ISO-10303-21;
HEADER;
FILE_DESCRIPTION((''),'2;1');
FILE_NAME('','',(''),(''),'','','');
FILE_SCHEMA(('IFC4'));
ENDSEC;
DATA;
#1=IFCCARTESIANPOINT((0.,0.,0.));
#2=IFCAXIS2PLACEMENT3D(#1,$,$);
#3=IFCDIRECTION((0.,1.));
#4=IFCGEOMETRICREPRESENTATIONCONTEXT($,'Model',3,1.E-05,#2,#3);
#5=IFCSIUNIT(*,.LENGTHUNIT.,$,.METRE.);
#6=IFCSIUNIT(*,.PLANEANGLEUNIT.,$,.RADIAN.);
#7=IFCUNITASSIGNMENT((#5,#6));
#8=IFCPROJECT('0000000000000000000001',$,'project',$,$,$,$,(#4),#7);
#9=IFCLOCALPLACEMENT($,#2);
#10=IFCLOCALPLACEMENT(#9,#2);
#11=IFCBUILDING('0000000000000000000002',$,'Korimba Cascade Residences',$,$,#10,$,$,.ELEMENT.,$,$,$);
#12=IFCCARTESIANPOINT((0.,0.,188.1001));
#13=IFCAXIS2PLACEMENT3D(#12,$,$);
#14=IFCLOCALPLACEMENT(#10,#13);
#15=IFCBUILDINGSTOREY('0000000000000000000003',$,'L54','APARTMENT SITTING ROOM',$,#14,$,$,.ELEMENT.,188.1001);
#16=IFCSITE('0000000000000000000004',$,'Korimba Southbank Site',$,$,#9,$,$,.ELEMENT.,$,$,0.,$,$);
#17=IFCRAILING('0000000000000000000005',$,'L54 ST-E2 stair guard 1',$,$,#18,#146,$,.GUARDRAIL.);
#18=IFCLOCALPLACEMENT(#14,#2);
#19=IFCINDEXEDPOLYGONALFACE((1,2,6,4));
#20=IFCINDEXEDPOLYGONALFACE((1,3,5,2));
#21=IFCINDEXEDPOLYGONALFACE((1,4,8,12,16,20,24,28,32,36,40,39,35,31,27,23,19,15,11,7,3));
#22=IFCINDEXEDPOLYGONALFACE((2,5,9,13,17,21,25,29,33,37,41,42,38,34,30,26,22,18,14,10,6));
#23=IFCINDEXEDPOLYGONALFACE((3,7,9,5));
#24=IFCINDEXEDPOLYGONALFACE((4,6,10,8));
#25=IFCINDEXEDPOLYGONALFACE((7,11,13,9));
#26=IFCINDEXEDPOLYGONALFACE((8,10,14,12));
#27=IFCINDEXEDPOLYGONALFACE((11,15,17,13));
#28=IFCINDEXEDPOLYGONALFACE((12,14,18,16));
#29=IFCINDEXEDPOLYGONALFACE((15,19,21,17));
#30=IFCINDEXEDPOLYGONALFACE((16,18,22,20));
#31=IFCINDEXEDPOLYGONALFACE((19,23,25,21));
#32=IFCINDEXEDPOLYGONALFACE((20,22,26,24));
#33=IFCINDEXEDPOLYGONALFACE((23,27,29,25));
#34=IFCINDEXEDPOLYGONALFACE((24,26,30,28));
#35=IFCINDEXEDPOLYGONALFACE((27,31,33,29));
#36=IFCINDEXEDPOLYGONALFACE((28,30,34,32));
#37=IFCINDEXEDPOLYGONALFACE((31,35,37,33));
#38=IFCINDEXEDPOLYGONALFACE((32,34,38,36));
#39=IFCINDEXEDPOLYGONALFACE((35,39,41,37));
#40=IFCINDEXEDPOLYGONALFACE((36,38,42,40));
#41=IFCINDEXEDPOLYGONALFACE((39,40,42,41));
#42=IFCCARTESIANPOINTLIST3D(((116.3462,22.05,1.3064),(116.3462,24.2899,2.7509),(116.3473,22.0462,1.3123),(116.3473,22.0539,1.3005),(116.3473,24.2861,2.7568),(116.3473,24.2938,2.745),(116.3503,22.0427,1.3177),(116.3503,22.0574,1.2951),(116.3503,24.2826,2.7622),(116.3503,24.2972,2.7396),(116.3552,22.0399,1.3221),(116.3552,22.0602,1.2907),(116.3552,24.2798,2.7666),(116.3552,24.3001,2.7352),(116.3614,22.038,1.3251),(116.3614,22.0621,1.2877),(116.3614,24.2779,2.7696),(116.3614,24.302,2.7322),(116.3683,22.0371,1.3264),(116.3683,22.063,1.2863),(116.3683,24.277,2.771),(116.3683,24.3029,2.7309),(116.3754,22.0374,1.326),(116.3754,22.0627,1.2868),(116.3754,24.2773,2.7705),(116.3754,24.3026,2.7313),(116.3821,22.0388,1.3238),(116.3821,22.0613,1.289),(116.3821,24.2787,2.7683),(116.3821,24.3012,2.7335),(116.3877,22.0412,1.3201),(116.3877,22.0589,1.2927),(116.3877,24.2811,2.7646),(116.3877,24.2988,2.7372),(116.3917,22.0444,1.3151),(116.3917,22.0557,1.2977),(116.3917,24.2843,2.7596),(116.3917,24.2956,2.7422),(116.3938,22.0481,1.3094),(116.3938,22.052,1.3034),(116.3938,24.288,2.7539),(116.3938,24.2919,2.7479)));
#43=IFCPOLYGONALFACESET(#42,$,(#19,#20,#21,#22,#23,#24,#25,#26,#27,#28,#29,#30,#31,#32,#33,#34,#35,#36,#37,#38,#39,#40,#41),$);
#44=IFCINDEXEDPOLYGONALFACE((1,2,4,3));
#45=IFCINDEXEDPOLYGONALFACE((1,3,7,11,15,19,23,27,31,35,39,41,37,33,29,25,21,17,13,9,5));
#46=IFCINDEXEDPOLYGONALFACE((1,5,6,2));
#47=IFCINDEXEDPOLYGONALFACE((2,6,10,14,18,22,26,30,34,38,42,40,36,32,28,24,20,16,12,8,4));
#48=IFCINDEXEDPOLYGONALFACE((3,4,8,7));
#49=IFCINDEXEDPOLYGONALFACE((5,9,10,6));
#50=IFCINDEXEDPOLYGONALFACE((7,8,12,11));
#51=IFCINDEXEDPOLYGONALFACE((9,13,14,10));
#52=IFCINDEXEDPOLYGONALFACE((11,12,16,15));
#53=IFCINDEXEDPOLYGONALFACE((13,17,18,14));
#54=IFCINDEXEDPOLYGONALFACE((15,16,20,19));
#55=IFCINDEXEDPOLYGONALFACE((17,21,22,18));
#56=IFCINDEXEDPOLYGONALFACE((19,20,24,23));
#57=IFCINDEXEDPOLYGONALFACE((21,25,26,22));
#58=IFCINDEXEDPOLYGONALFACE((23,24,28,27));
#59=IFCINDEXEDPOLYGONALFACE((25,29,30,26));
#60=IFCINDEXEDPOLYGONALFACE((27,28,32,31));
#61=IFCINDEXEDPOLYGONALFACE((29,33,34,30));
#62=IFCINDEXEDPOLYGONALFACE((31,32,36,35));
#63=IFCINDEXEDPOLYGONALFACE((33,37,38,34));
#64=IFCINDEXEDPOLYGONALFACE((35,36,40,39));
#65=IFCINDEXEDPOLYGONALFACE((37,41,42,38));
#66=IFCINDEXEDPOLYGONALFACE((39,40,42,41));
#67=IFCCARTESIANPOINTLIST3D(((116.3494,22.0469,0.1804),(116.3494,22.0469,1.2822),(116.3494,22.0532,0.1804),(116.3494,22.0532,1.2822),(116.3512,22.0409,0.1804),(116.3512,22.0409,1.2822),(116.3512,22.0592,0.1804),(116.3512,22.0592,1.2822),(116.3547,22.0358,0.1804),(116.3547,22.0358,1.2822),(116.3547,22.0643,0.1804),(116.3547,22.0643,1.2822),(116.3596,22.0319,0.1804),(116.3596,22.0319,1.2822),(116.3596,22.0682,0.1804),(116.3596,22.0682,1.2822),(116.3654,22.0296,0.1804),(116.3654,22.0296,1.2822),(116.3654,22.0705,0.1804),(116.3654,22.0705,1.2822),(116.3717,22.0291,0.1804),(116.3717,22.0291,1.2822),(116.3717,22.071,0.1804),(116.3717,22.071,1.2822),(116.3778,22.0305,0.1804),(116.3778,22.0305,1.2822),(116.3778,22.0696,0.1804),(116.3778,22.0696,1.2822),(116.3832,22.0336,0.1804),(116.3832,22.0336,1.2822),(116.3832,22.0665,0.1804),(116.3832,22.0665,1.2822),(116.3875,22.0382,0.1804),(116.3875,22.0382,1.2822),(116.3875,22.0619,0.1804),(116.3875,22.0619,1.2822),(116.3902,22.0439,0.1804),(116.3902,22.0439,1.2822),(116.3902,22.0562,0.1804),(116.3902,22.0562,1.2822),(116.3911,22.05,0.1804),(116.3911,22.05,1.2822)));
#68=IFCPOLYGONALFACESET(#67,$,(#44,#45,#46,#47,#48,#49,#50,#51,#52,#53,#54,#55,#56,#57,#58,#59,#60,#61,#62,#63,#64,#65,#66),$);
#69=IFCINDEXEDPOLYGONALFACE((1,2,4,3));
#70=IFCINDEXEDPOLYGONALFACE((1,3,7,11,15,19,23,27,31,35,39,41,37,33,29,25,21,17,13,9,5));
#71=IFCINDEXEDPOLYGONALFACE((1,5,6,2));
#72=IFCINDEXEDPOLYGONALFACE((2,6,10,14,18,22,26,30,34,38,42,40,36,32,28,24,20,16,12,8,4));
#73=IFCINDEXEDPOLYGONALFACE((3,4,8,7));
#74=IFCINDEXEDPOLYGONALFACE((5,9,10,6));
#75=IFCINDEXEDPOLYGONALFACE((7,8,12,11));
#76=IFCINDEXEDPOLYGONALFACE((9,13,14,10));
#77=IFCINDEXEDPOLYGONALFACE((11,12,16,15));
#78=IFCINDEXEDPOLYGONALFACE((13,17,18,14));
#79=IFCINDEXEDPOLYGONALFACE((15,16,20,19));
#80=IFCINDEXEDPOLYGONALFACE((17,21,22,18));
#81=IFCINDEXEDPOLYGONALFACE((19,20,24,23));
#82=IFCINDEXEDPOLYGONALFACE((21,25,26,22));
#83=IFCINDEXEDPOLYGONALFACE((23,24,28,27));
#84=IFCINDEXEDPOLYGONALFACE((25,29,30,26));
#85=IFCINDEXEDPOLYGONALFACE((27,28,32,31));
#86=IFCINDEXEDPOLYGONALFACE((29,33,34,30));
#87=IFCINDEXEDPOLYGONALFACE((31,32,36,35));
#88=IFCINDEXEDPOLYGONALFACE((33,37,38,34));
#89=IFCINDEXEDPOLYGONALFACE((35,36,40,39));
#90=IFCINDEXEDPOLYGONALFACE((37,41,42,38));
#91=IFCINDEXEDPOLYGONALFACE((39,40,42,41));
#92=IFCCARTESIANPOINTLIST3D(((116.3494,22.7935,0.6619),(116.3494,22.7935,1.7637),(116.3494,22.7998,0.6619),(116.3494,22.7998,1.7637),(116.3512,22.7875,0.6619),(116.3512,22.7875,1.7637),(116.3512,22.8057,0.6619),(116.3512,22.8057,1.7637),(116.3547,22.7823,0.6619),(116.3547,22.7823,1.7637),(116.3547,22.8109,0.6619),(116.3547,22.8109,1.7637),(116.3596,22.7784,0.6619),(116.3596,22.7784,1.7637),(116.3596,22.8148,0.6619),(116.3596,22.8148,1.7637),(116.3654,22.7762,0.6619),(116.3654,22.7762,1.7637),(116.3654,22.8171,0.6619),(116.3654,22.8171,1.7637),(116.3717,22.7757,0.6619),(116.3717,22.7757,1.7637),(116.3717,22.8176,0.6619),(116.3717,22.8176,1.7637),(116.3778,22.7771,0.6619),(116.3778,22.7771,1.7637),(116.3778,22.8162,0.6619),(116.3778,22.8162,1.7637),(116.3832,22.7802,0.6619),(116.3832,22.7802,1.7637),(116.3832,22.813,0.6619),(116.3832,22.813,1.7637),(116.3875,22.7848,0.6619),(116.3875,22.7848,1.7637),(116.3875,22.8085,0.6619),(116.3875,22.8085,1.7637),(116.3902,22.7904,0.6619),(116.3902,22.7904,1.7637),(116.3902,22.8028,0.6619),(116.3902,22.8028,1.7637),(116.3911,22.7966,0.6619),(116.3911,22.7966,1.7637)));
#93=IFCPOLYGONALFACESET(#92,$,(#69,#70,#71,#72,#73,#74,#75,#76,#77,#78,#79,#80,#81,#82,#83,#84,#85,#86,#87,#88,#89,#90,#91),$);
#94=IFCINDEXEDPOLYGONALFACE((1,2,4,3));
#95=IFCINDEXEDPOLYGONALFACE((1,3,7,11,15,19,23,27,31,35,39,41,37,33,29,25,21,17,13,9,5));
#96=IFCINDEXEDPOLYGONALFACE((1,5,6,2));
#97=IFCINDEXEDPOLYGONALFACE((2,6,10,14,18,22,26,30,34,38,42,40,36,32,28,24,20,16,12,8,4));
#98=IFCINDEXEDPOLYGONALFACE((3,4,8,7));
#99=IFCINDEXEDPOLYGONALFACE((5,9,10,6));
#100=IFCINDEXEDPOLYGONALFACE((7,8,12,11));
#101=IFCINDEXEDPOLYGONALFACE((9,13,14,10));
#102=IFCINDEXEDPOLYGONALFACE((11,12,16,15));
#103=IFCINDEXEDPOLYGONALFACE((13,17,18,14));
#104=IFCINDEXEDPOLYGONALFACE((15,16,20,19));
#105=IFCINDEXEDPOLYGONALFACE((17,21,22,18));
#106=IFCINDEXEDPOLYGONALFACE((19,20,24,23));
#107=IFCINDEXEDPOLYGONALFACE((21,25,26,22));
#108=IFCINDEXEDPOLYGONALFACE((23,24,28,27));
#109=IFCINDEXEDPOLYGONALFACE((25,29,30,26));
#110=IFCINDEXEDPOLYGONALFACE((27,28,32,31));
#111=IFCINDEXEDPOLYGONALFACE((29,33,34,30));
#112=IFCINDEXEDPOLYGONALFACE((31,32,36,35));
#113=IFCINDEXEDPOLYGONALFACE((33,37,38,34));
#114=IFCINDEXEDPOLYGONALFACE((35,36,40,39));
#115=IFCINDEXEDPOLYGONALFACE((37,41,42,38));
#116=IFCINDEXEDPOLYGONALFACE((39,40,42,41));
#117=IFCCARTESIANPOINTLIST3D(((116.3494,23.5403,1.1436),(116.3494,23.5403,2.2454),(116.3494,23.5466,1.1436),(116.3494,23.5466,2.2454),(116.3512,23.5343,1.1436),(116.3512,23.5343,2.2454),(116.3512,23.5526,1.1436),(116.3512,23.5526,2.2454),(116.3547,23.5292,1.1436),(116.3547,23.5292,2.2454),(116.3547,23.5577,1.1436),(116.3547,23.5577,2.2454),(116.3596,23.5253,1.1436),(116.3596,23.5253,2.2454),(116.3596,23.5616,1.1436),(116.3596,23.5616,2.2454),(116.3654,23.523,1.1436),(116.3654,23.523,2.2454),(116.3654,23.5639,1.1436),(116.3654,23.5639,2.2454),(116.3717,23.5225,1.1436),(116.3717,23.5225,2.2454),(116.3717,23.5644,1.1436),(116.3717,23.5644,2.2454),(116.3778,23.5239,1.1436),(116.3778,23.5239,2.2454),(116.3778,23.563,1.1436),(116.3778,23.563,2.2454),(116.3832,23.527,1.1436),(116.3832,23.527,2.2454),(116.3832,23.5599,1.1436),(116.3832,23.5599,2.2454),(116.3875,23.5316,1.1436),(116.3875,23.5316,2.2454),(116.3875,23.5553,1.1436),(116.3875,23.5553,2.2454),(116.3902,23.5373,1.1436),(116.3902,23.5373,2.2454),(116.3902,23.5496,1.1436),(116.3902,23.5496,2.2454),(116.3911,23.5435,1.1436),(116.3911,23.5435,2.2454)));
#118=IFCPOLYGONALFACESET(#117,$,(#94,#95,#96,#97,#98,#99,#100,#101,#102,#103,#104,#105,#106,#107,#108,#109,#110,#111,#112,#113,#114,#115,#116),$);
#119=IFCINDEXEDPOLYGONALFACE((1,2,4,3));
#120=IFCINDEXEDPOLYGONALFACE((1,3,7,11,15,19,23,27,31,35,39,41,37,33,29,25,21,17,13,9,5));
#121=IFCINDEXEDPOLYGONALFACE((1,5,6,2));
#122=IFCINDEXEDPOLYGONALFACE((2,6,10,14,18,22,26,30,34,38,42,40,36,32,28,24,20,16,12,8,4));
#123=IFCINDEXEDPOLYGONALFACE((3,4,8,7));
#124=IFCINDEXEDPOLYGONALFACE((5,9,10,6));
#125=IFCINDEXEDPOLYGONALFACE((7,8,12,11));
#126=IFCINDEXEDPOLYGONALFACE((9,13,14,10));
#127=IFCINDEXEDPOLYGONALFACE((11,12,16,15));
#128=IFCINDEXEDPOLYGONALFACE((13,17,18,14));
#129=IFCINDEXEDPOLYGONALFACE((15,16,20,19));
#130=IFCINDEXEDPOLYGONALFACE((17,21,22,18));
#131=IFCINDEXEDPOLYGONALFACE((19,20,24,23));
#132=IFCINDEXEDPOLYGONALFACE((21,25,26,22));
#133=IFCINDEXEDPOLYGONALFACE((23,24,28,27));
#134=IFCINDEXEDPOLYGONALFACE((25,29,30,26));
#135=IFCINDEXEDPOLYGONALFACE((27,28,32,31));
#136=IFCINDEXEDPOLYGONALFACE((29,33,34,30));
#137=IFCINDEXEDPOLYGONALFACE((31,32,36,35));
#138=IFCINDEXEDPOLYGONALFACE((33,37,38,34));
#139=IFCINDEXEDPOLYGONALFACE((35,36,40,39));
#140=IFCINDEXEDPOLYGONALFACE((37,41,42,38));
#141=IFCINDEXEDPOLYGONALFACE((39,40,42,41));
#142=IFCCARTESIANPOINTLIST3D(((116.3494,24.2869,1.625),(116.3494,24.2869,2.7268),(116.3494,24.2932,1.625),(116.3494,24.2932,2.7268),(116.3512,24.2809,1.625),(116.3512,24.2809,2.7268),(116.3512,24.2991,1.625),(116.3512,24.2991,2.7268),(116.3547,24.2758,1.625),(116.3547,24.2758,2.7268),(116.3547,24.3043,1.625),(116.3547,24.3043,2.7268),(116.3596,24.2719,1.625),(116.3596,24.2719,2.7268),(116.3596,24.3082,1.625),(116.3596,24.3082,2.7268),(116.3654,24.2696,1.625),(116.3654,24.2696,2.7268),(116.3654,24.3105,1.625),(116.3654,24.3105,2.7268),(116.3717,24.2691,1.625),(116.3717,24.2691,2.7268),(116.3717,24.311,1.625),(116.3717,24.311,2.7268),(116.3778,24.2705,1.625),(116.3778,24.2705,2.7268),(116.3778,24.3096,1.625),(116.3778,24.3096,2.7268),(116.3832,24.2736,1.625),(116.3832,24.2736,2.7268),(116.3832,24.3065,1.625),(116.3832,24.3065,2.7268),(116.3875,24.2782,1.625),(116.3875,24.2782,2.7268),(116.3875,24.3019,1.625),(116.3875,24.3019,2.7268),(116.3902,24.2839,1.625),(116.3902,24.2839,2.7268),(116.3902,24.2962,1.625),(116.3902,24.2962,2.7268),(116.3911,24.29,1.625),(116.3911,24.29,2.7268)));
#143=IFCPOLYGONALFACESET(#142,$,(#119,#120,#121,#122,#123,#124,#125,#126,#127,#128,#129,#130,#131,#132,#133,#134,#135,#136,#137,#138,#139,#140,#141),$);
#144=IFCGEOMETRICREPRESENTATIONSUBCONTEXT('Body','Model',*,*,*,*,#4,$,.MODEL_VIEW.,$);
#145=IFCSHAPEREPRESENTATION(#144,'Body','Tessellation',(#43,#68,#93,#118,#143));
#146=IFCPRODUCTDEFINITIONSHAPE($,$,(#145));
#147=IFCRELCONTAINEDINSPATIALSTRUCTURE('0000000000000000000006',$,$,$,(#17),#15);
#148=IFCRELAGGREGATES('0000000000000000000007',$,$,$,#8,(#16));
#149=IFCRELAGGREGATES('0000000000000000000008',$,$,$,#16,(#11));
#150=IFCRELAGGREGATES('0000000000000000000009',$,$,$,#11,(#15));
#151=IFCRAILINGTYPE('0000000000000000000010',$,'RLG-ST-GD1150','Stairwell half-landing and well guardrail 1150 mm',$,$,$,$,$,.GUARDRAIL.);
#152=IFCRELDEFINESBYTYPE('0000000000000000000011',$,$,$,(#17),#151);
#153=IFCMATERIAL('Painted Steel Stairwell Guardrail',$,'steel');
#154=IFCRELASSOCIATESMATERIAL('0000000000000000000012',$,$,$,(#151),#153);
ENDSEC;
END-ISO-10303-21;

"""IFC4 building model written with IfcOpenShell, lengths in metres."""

from ifc_helpers import new_model, si_unit, direction, frame, origin, origin_2d, place, context, subcontext, project, spatial, circle, extrude, material, type_object, element, save


model = new_model("IFC4")

# Units and contexts
model_context = context("Model", 3, precision=1e-05, world=origin(), true_north=direction((0.0, 1.0)))
body_context = subcontext(model_context, "Body", "Model", "MODEL_VIEW")
ifc_project = project(units=[si_unit("LENGTHUNIT", "METRE"), si_unit("PLANEANGLEUNIT", "RADIAN")], contexts=[model_context])

# Site, building, storey
site_placement = place(None, origin())
site = spatial("IfcSite", under=ifc_project, at=site_placement, Name="Korimba Southbank Site", CompositionType="ELEMENT", RefElevation=0.0)
building_placement = place(site_placement, origin())
building = spatial("IfcBuilding", under=site, at=building_placement, Name="Korimba Cascade Residences", CompositionType="ELEMENT")
storey_placement = place(building_placement, frame((0.0, 0.0, 188.1001)))
storey = spatial("IfcBuildingStorey", under=building, at=storey_placement, Name="L54", Description="APARTMENT SITTING ROOM", CompositionType="ELEMENT", Elevation=188.1001)

# Railing
ifc_material_1 = material(Name="Painted Steel Stairwell Guardrail", Category="steel")
railing_type_1 = type_object("IfcRailingType", Name="RLG-ST-GD1150", Description="Stairwell half-landing and well guardrail 1150 mm", PredefinedType="GUARDRAIL", material=ifc_material_1)
railing_1_placement = place(storey_placement, frame((116.3701, 22.05, 0.1804)))
element("IfcRailing", 1, at=railing_1_placement, inside=storey, type_object=railing_type_1, Name="L54 ST-E2 stair guard 1", PredefinedType="GUARDRAIL", context=body_context, shape_type="SweptSolid", body=[
    extrude(circle(Radius=0.0239, at=origin_2d()), frame((0.0, 0.0, 1.126), z_axis=(0.0, 0.840395, 0.541975), x_axis=(-1.0, 0.0, 0.0)), (0.0, 0.0, 1.0), 2.6653),
    extrude(circle(Radius=0.021, at=origin_2d()), origin(), (0.0, 0.0, 1.0), 1.1018),
    extrude(circle(Radius=0.021, at=origin_2d()), frame((0.0, 0.7466, 0.4814)), (0.0, 0.0, 1.0), 1.1018),
    extrude(circle(Radius=0.021, at=origin_2d()), frame((0.0, 1.4934, 0.9631)), (0.0, 0.0, 1.0), 1.1018),
    extrude(circle(Radius=0.021, at=origin_2d()), frame((0.0, 2.24, 1.4446)), (0.0, 0.0, 1.0), 1.1018),
])

save(model, "model.ifc")
